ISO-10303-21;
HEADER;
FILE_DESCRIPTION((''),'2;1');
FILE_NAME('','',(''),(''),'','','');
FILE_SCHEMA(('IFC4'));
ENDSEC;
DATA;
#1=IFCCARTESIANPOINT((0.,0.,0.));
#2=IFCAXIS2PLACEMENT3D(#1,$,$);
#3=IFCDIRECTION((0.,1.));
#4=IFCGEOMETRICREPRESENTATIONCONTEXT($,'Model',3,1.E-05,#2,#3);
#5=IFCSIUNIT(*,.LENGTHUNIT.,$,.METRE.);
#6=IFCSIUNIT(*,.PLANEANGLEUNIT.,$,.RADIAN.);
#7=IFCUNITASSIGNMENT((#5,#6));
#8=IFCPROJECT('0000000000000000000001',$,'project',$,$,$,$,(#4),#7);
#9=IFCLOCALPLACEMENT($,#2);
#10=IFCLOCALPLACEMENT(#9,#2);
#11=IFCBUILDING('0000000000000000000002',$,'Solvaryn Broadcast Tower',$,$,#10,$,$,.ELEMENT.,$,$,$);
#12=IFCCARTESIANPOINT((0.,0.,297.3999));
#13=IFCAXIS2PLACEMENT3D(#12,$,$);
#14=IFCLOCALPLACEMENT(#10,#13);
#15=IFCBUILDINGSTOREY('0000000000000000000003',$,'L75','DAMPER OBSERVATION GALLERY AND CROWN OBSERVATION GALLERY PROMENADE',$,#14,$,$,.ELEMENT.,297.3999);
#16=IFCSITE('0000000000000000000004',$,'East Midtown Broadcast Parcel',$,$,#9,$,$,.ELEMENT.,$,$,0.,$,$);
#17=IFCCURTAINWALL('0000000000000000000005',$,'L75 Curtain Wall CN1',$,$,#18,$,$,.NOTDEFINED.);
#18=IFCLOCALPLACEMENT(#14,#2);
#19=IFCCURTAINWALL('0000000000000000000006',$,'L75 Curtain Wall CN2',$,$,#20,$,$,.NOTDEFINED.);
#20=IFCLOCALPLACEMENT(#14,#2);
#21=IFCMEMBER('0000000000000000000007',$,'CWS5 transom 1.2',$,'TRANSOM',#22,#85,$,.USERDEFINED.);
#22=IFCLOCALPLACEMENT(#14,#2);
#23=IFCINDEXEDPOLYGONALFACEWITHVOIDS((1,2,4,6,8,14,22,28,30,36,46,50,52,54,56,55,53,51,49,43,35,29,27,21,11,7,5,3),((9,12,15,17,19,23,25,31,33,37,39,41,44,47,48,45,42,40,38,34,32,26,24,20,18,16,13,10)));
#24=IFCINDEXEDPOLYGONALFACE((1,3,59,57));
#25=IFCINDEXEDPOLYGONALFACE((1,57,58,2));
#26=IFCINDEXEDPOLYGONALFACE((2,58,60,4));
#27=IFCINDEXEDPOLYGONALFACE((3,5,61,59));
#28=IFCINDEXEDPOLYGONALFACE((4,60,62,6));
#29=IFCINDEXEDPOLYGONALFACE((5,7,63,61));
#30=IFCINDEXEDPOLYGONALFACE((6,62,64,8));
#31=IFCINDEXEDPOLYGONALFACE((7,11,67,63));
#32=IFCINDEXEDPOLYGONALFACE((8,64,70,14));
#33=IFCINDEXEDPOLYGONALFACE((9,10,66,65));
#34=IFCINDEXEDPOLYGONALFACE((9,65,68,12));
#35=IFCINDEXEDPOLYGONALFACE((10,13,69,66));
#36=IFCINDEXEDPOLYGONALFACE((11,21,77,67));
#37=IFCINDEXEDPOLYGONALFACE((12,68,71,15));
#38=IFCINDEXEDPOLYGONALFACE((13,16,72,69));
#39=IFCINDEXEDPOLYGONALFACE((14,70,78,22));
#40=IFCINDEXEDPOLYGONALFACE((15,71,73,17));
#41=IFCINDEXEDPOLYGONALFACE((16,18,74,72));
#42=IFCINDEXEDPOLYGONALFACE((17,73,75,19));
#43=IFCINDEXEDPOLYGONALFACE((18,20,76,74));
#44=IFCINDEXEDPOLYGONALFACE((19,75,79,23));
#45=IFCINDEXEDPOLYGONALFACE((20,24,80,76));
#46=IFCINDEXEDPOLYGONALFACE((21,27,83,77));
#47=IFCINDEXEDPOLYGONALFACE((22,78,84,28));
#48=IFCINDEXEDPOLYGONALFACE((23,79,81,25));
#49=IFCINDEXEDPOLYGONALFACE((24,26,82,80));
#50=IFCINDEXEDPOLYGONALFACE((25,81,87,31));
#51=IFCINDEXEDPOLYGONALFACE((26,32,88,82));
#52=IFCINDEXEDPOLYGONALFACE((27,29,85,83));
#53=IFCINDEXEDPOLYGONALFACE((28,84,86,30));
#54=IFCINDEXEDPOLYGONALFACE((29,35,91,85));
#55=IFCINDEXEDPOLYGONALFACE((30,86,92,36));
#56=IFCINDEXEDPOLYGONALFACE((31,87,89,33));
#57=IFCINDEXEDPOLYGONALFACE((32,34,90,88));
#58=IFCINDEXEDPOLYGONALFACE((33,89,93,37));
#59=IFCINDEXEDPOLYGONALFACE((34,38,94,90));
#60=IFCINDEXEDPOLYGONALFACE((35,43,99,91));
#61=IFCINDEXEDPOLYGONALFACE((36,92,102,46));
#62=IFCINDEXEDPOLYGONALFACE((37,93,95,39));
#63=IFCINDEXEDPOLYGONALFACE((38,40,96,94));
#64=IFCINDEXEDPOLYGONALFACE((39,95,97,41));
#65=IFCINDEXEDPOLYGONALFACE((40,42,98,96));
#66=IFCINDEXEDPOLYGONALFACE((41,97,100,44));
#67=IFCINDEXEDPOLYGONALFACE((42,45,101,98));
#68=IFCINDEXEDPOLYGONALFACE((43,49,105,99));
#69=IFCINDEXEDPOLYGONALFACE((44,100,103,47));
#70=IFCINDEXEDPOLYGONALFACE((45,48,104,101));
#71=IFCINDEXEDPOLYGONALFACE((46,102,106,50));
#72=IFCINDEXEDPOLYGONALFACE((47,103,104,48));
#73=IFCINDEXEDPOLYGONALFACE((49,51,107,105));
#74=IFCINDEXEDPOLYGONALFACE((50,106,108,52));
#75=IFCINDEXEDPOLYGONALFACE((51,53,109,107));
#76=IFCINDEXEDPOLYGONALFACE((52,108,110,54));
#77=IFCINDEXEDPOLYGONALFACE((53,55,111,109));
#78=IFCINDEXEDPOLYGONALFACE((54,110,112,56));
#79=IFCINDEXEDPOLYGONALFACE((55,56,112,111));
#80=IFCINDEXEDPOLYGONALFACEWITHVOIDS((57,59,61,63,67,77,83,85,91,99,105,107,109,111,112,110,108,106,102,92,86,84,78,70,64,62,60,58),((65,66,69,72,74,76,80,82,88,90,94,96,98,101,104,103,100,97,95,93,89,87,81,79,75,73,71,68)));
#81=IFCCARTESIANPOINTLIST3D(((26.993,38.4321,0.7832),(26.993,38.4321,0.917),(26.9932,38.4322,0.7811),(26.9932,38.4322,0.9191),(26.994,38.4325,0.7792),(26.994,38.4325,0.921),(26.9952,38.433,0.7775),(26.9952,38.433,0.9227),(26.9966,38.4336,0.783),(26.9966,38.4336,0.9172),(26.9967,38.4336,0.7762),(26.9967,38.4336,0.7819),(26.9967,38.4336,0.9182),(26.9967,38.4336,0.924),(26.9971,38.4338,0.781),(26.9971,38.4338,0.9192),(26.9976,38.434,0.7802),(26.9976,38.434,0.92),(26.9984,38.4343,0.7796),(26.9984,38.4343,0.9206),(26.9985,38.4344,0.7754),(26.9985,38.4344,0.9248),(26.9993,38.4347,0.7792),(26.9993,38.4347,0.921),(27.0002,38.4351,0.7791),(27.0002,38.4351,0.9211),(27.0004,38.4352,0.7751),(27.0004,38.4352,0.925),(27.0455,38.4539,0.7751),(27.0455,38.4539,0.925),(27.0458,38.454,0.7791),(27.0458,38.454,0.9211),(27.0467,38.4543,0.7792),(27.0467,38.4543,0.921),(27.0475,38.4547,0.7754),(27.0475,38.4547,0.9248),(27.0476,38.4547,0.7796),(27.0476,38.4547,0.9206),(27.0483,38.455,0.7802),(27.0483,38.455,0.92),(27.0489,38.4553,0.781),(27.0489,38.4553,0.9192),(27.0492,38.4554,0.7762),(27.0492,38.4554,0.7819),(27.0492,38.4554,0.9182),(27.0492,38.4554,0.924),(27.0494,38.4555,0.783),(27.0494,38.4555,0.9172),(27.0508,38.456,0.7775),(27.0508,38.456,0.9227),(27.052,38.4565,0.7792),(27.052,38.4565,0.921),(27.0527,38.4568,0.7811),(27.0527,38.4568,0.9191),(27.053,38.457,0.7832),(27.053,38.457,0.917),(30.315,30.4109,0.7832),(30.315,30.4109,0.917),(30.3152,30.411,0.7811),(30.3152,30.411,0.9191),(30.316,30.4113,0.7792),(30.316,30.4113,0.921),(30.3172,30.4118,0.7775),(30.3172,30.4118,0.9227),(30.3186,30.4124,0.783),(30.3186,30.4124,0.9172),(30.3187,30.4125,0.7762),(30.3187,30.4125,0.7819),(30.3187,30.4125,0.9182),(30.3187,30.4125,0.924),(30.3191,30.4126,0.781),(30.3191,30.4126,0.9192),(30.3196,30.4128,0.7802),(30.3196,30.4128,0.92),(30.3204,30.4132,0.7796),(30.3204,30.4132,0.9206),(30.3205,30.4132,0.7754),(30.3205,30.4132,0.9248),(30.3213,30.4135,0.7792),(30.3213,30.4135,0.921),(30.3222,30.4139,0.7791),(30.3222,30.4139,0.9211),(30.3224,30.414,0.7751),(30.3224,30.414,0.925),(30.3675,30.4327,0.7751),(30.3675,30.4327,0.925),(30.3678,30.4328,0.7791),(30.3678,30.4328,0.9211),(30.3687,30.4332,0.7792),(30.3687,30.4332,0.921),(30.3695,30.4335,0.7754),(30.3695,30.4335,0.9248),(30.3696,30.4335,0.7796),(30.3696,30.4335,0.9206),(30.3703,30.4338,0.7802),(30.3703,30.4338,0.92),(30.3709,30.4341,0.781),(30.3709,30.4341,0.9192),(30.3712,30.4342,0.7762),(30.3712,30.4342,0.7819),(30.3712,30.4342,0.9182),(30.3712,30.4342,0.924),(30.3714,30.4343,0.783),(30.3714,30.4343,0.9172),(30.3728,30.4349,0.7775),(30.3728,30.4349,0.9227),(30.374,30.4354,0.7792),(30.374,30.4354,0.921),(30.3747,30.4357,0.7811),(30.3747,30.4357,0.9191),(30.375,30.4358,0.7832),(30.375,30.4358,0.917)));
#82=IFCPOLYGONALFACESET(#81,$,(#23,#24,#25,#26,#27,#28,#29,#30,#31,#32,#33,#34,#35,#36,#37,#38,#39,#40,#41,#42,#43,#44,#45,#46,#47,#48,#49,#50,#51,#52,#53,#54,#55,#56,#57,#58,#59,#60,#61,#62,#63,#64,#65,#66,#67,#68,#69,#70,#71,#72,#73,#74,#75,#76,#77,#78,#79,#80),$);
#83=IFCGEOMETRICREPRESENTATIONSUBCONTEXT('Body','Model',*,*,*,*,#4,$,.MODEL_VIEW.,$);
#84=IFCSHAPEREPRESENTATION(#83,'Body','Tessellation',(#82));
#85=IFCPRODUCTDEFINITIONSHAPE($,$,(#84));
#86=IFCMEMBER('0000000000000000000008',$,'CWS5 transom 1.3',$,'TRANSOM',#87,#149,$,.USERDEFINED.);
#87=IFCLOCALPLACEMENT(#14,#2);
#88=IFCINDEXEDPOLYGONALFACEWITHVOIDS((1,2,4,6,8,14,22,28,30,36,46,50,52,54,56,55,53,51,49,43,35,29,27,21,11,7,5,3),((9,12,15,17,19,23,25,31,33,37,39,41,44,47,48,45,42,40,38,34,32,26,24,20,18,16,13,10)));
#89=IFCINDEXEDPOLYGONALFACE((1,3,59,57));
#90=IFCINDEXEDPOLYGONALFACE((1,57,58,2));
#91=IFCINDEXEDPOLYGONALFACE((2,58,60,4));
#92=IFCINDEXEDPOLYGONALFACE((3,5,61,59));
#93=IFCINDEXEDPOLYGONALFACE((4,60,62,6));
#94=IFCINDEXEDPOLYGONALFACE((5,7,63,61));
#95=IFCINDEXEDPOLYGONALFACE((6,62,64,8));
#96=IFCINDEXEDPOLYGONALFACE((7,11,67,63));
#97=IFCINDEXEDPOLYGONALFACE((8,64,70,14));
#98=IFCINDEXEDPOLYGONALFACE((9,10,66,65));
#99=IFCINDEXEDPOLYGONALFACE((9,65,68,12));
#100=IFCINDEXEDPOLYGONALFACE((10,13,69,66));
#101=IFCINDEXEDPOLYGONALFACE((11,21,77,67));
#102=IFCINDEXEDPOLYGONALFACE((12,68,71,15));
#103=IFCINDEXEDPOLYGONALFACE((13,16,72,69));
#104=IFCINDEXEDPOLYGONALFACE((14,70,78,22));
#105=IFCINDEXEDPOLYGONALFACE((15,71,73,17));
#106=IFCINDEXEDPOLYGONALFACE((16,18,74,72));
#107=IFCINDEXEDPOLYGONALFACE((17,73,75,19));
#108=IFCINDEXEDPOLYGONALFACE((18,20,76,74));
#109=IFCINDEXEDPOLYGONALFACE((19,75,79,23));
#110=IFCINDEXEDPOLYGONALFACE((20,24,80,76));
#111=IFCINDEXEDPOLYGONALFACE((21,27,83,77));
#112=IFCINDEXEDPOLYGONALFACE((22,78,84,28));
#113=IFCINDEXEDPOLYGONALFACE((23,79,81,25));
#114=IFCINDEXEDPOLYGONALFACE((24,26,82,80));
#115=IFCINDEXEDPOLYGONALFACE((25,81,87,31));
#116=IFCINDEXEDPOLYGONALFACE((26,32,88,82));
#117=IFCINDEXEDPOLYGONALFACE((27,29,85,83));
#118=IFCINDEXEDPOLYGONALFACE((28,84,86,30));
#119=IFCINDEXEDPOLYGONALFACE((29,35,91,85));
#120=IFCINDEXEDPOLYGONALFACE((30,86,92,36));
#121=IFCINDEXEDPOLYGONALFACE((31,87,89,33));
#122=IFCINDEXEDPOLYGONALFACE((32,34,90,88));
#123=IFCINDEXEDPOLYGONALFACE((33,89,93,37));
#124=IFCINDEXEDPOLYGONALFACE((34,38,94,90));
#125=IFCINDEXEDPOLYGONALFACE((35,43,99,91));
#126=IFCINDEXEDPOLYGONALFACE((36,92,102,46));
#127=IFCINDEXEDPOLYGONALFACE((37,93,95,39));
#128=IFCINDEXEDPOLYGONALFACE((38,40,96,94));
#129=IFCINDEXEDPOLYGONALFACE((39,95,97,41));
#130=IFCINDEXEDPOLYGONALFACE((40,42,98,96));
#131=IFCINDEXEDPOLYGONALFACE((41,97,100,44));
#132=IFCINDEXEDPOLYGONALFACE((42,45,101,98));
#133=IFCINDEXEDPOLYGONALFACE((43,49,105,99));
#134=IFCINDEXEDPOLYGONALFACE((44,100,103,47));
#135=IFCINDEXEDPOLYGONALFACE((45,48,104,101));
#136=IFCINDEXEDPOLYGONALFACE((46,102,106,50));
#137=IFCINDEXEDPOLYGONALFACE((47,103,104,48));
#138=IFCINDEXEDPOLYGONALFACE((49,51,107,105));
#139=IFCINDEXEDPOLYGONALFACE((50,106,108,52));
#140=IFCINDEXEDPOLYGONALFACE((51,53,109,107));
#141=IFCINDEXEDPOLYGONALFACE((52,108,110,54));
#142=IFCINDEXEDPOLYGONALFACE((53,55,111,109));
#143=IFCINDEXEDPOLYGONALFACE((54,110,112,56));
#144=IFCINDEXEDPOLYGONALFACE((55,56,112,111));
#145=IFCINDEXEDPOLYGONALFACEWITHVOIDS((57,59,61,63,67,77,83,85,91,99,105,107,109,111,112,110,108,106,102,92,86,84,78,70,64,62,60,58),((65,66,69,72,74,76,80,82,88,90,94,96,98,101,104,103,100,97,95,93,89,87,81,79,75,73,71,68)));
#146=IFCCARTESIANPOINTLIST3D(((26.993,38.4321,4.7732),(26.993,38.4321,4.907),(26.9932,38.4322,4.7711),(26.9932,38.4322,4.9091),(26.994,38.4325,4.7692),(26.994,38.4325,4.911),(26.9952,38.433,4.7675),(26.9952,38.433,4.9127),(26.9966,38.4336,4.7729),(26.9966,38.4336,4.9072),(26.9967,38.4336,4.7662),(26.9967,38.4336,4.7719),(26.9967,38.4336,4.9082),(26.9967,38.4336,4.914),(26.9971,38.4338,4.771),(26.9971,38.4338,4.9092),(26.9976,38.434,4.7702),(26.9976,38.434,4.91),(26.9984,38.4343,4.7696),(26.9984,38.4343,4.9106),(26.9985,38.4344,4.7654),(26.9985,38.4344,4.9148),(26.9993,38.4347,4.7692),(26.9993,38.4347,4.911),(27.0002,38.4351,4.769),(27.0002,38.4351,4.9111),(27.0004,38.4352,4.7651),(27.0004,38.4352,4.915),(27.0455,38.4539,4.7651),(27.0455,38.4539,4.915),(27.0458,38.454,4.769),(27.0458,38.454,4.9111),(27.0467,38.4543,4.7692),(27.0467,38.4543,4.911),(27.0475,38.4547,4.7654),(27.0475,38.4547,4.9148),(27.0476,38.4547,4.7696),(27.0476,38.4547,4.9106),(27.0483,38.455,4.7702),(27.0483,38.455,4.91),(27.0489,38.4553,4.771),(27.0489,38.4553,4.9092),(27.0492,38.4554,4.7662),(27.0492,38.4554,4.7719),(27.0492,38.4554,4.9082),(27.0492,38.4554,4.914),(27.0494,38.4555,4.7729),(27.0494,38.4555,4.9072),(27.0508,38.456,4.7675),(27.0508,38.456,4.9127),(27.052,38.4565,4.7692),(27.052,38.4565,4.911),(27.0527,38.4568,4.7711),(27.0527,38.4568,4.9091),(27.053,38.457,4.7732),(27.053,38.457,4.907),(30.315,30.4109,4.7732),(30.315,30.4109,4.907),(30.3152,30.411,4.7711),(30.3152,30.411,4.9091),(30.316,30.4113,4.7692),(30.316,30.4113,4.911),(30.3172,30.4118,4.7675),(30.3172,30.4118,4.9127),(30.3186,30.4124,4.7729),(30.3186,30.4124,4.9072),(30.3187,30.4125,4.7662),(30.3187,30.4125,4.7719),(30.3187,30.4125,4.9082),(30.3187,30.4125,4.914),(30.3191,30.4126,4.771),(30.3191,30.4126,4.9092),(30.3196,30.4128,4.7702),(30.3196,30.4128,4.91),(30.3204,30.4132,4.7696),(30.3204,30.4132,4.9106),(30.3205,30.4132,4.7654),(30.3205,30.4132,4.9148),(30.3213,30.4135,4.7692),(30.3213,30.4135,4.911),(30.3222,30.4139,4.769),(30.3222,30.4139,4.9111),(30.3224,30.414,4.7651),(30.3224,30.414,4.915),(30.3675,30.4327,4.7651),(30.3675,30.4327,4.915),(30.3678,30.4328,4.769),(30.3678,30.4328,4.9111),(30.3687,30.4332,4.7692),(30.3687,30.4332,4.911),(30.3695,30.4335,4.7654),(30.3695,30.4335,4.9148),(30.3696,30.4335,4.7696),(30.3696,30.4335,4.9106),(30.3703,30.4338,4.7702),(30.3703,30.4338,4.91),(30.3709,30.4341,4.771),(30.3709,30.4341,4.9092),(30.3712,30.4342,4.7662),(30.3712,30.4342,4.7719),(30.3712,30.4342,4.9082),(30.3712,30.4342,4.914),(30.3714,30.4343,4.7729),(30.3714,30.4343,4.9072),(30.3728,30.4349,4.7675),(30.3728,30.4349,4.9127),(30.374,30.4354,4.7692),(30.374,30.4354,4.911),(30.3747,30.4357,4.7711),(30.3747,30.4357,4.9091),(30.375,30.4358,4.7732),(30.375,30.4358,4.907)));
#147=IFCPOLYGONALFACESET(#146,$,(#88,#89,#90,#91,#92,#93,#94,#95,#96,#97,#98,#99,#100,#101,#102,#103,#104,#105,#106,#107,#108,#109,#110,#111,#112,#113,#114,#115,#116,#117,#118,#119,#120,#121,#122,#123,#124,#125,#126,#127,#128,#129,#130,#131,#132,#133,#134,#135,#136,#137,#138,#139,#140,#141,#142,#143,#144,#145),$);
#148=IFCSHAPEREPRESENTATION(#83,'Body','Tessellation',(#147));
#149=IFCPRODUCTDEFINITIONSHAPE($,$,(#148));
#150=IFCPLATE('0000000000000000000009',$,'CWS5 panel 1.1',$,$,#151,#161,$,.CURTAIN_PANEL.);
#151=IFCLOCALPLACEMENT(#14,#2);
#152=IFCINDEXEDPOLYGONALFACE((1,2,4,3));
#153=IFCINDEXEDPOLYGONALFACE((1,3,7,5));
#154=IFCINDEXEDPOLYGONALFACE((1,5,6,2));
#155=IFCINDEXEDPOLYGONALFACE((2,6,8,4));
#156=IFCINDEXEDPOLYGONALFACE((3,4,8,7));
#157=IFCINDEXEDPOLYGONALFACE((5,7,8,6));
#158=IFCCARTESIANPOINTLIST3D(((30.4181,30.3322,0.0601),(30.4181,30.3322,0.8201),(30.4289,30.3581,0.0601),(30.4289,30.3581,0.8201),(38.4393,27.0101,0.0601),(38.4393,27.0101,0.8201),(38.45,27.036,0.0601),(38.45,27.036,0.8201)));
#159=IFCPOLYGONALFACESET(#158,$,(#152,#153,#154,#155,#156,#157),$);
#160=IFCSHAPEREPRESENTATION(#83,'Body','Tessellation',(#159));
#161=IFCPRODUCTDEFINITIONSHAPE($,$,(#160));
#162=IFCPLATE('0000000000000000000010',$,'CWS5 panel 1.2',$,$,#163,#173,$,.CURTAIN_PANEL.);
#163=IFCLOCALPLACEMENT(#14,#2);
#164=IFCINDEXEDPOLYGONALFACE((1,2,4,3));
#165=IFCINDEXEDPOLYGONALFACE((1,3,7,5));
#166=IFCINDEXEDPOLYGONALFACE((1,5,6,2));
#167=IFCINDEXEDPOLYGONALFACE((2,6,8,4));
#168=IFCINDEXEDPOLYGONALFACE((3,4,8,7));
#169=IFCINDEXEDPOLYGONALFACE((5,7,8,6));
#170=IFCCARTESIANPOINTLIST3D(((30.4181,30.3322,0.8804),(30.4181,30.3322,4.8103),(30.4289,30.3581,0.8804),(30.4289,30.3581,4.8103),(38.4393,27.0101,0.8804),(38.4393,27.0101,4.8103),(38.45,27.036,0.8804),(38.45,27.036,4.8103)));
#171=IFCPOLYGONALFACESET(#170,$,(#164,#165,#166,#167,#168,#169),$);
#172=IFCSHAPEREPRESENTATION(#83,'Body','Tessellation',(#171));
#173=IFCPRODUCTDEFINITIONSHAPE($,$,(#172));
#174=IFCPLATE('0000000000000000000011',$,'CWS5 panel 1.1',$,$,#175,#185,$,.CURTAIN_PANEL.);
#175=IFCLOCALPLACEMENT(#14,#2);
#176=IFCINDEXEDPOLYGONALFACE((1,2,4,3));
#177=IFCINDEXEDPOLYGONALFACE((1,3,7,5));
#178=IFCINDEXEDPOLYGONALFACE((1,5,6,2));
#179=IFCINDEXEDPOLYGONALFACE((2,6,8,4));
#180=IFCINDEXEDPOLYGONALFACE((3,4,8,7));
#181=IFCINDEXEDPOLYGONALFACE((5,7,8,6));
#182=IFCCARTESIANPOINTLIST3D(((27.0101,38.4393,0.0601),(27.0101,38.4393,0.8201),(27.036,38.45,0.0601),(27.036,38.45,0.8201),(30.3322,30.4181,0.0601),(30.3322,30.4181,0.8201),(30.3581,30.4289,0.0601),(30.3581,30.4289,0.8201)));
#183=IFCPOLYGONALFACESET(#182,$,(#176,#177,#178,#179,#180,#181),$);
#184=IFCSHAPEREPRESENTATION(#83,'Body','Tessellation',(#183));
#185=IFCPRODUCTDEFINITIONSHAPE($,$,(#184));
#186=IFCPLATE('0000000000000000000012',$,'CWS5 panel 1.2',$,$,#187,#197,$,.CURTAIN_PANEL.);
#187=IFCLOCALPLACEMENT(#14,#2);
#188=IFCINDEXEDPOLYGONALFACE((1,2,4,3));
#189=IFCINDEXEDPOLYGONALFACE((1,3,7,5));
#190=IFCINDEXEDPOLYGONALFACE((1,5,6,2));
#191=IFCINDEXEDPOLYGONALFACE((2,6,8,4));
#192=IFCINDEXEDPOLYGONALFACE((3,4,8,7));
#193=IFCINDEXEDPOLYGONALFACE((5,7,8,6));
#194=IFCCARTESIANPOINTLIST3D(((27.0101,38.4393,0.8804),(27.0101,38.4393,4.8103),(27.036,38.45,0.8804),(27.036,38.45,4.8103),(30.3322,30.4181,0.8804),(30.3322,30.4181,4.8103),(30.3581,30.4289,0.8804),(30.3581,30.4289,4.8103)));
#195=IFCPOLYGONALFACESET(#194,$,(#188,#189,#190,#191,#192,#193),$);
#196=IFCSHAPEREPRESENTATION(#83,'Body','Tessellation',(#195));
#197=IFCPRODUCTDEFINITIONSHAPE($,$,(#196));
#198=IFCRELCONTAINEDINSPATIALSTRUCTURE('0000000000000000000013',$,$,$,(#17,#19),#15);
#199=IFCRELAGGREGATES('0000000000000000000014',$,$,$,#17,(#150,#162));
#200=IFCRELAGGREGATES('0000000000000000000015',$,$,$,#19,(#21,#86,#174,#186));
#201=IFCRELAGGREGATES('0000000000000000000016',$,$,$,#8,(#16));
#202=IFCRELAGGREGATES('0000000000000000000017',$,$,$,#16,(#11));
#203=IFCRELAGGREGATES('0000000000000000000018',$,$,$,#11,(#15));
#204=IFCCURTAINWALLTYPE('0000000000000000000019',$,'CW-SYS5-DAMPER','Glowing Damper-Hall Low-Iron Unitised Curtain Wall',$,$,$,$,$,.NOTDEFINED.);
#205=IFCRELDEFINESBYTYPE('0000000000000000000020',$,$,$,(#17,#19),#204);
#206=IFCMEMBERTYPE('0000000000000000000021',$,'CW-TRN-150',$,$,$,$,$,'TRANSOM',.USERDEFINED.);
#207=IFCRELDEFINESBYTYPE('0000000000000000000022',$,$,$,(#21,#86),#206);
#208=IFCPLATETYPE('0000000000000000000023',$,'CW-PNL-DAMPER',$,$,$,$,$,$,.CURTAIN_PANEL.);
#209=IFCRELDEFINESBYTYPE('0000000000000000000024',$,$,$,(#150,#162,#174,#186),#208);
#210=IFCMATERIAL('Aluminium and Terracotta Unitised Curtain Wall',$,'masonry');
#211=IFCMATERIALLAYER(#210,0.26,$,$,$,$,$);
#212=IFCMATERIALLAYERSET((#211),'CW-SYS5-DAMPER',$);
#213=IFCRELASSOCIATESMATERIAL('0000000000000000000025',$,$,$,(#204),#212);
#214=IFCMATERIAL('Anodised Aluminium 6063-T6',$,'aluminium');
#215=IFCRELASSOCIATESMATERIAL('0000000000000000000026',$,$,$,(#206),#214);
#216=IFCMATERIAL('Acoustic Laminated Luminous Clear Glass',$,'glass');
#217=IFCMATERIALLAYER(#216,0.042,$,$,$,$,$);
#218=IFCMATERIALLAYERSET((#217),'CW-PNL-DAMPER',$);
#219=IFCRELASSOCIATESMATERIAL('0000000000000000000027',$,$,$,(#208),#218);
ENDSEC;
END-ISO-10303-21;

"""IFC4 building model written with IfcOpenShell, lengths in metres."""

from ifc_helpers import new_model, si_unit, direction, frame, origin, origin_2d, place, context, subcontext, project, spatial, rectangle, hollow_rectangle, extrude, material, layer, layer_set, material_profile, profile_set, type_object, element, aggregate, save


model = new_model("IFC4")

# Units and contexts
model_context = context("Model", 3, precision=1e-05, world=origin(), true_north=direction((0.0, 1.0)))
body_context = subcontext(model_context, "Body", "Model", "MODEL_VIEW")
ifc_project = project(units=[si_unit("LENGTHUNIT", "METRE"), si_unit("PLANEANGLEUNIT", "RADIAN")], contexts=[model_context])

# Site, building, storey
site_placement = place(None, origin())
site = spatial("IfcSite", under=ifc_project, at=site_placement, Name="East Midtown Broadcast Parcel", CompositionType="ELEMENT", RefElevation=0.0)
building_placement = place(site_placement, origin())
building = spatial("IfcBuilding", under=site, at=building_placement, Name="Solvaryn Broadcast Tower", CompositionType="ELEMENT")
storey_placement = place(building_placement, frame((0.0, 0.0, 297.3999)))
storey = spatial("IfcBuildingStorey", under=building, at=storey_placement, Name="L75", Description="DAMPER OBSERVATION GALLERY AND CROWN OBSERVATION GALLERY PROMENADE", CompositionType="ELEMENT", Elevation=297.3999)

# Shared definitions
ifc_material_1 = material(Name="Aluminium and Terracotta Unitised Curtain Wall", Category="masonry")
ifc_layer_1 = layer(ifc_material_1, 0.26)
ifc_layer_set_1 = layer_set([ifc_layer_1], Name="CW-SYS5-DAMPER")
curtain_wall_type = type_object("IfcCurtainWallType", Name="CW-SYS5-DAMPER", Description="Glowing Damper-Hall Low-Iron Unitised Curtain Wall", PredefinedType="NOTDEFINED", material=ifc_layer_set_1)

# Curtain walls
curtain_wall_1_placement = place(storey_placement, origin())
curtain_wall_1 = element("IfcCurtainWall", 1, at=curtain_wall_1_placement, inside=storey, type_object=curtain_wall_type, Name="L75 Curtain Wall CN1", PredefinedType="NOTDEFINED")
curtain_wall_2_placement = place(storey_placement, origin())
curtain_wall_2 = element("IfcCurtainWall", 2, at=curtain_wall_2_placement, inside=storey, type_object=curtain_wall_type, Name="L75 Curtain Wall CN2", PredefinedType="NOTDEFINED")

# Members
ifc_material_2 = material(Name="Anodised Aluminium 6063-T6", Category="aluminium")
ifc_material_profile_1 = material_profile(ifc_material_2, hollow_rectangle(XDim=0.0649, YDim=0.1499, WallThickness=0.0039, InnerFilletRadius=0.0039, OuterFilletRadius=0.0081, at=origin_2d()))
ifc_profile_set_1 = profile_set([ifc_material_profile_1], Name="Anodised Aluminium 6063-T6")
member_type_1 = type_object("IfcMemberType", Name="CW-TRN-150", ElementType="TRANSOM", PredefinedType="USERDEFINED", material=ifc_profile_set_1)
member_1_placement = place(storey_placement, frame((30.345, 30.4233, 0.8501), z_axis=(-0.382636, 0.923899, 0.0), x_axis=(-0.923899, -0.382636, 0.0)))
member_1 = element("IfcMember", 3, at=member_1_placement, type_object=member_type_1, Name="CWS5 transom 1.2", ObjectType="TRANSOM", PredefinedType="USERDEFINED", context=body_context, shape_type="SweptSolid", body=[
    extrude(hollow_rectangle(XDim=0.0649, YDim=0.1499, WallThickness=0.0039, InnerFilletRadius=0.0039, OuterFilletRadius=0.0081, at=origin_2d()), origin(), (0.0, 0.0, 1.0), 8.6819),
])
member_2_placement = place(storey_placement, frame((30.345, 30.4233, 4.8401), z_axis=(-0.382636, 0.923899, 0.0), x_axis=(-0.923899, -0.382636, 0.0)))
member_2 = element("IfcMember", 4, at=member_2_placement, type_object=member_type_1, Name="CWS5 transom 1.3", ObjectType="TRANSOM", PredefinedType="USERDEFINED", context=body_context, shape_type="SweptSolid", body=[
    extrude(hollow_rectangle(XDim=0.0649, YDim=0.1499, WallThickness=0.0039, InnerFilletRadius=0.0039, OuterFilletRadius=0.0081, at=origin_2d()), origin(), (0.0, 0.0, 1.0), 8.6819),
])

# Plates
ifc_material_3 = material(Name="Acoustic Laminated Luminous Clear Glass", Category="glass")
ifc_layer_2 = layer(ifc_material_3, 0.042)
ifc_layer_set_2 = layer_set([ifc_layer_2], Name="CW-PNL-DAMPER")
plate_type = type_object("IfcPlateType", Name="CW-PNL-DAMPER", PredefinedType="CURTAIN_PANEL", material=ifc_layer_set_2)
plate_1_placement = place(storey_placement, frame((34.4341, 28.6841, 0.0601), z_axis=(0.0, 0.0, 1.0), x_axis=(-0.923895, 0.382646, 0.0)))
plate_1 = element("IfcPlate", 5, at=plate_1_placement, type_object=plate_type, Name="CWS5 panel 1.1", PredefinedType="CURTAIN_PANEL", context=body_context, shape_type="SweptSolid", body=[
    extrude(rectangle(XDim=8.6819, YDim=0.0281, at=origin_2d()), origin(), (0.0, 0.0, 1.0), 0.76),
])
plate_2_placement = place(storey_placement, frame((34.4341, 28.6841, 0.8804), z_axis=(0.0, 0.0, 1.0), x_axis=(-0.923895, 0.382646, 0.0)))
plate_2 = element("IfcPlate", 6, at=plate_2_placement, type_object=plate_type, Name="CWS5 panel 1.2", PredefinedType="CURTAIN_PANEL", context=body_context, shape_type="SweptSolid", body=[
    extrude(rectangle(XDim=8.6819, YDim=0.0281, at=origin_2d()), origin(), (0.0, 0.0, 1.0), 3.9299),
])
aggregate(curtain_wall_1, [plate_1, plate_2])
plate_3_placement = place(storey_placement, frame((28.6841, 34.4341, 0.0601), z_axis=(0.0, 0.0, 1.0), x_axis=(-0.382646, 0.923895, 0.0)))
plate_3 = element("IfcPlate", 7, at=plate_3_placement, type_object=plate_type, Name="CWS5 panel 1.1", PredefinedType="CURTAIN_PANEL", context=body_context, shape_type="SweptSolid", body=[
    extrude(rectangle(XDim=8.6819, YDim=0.0281, at=origin_2d()), origin(), (0.0, 0.0, 1.0), 0.76),
])
plate_4_placement = place(storey_placement, frame((28.6841, 34.4341, 0.8804), z_axis=(0.0, 0.0, 1.0), x_axis=(-0.382646, 0.923895, 0.0)))
plate_4 = element("IfcPlate", 8, at=plate_4_placement, type_object=plate_type, Name="CWS5 panel 1.2", PredefinedType="CURTAIN_PANEL", context=body_context, shape_type="SweptSolid", body=[
    extrude(rectangle(XDim=8.6819, YDim=0.0281, at=origin_2d()), origin(), (0.0, 0.0, 1.0), 3.9299),
])
aggregate(curtain_wall_2, [member_1, member_2, plate_3, plate_4])

save(model, "model.ifc")
